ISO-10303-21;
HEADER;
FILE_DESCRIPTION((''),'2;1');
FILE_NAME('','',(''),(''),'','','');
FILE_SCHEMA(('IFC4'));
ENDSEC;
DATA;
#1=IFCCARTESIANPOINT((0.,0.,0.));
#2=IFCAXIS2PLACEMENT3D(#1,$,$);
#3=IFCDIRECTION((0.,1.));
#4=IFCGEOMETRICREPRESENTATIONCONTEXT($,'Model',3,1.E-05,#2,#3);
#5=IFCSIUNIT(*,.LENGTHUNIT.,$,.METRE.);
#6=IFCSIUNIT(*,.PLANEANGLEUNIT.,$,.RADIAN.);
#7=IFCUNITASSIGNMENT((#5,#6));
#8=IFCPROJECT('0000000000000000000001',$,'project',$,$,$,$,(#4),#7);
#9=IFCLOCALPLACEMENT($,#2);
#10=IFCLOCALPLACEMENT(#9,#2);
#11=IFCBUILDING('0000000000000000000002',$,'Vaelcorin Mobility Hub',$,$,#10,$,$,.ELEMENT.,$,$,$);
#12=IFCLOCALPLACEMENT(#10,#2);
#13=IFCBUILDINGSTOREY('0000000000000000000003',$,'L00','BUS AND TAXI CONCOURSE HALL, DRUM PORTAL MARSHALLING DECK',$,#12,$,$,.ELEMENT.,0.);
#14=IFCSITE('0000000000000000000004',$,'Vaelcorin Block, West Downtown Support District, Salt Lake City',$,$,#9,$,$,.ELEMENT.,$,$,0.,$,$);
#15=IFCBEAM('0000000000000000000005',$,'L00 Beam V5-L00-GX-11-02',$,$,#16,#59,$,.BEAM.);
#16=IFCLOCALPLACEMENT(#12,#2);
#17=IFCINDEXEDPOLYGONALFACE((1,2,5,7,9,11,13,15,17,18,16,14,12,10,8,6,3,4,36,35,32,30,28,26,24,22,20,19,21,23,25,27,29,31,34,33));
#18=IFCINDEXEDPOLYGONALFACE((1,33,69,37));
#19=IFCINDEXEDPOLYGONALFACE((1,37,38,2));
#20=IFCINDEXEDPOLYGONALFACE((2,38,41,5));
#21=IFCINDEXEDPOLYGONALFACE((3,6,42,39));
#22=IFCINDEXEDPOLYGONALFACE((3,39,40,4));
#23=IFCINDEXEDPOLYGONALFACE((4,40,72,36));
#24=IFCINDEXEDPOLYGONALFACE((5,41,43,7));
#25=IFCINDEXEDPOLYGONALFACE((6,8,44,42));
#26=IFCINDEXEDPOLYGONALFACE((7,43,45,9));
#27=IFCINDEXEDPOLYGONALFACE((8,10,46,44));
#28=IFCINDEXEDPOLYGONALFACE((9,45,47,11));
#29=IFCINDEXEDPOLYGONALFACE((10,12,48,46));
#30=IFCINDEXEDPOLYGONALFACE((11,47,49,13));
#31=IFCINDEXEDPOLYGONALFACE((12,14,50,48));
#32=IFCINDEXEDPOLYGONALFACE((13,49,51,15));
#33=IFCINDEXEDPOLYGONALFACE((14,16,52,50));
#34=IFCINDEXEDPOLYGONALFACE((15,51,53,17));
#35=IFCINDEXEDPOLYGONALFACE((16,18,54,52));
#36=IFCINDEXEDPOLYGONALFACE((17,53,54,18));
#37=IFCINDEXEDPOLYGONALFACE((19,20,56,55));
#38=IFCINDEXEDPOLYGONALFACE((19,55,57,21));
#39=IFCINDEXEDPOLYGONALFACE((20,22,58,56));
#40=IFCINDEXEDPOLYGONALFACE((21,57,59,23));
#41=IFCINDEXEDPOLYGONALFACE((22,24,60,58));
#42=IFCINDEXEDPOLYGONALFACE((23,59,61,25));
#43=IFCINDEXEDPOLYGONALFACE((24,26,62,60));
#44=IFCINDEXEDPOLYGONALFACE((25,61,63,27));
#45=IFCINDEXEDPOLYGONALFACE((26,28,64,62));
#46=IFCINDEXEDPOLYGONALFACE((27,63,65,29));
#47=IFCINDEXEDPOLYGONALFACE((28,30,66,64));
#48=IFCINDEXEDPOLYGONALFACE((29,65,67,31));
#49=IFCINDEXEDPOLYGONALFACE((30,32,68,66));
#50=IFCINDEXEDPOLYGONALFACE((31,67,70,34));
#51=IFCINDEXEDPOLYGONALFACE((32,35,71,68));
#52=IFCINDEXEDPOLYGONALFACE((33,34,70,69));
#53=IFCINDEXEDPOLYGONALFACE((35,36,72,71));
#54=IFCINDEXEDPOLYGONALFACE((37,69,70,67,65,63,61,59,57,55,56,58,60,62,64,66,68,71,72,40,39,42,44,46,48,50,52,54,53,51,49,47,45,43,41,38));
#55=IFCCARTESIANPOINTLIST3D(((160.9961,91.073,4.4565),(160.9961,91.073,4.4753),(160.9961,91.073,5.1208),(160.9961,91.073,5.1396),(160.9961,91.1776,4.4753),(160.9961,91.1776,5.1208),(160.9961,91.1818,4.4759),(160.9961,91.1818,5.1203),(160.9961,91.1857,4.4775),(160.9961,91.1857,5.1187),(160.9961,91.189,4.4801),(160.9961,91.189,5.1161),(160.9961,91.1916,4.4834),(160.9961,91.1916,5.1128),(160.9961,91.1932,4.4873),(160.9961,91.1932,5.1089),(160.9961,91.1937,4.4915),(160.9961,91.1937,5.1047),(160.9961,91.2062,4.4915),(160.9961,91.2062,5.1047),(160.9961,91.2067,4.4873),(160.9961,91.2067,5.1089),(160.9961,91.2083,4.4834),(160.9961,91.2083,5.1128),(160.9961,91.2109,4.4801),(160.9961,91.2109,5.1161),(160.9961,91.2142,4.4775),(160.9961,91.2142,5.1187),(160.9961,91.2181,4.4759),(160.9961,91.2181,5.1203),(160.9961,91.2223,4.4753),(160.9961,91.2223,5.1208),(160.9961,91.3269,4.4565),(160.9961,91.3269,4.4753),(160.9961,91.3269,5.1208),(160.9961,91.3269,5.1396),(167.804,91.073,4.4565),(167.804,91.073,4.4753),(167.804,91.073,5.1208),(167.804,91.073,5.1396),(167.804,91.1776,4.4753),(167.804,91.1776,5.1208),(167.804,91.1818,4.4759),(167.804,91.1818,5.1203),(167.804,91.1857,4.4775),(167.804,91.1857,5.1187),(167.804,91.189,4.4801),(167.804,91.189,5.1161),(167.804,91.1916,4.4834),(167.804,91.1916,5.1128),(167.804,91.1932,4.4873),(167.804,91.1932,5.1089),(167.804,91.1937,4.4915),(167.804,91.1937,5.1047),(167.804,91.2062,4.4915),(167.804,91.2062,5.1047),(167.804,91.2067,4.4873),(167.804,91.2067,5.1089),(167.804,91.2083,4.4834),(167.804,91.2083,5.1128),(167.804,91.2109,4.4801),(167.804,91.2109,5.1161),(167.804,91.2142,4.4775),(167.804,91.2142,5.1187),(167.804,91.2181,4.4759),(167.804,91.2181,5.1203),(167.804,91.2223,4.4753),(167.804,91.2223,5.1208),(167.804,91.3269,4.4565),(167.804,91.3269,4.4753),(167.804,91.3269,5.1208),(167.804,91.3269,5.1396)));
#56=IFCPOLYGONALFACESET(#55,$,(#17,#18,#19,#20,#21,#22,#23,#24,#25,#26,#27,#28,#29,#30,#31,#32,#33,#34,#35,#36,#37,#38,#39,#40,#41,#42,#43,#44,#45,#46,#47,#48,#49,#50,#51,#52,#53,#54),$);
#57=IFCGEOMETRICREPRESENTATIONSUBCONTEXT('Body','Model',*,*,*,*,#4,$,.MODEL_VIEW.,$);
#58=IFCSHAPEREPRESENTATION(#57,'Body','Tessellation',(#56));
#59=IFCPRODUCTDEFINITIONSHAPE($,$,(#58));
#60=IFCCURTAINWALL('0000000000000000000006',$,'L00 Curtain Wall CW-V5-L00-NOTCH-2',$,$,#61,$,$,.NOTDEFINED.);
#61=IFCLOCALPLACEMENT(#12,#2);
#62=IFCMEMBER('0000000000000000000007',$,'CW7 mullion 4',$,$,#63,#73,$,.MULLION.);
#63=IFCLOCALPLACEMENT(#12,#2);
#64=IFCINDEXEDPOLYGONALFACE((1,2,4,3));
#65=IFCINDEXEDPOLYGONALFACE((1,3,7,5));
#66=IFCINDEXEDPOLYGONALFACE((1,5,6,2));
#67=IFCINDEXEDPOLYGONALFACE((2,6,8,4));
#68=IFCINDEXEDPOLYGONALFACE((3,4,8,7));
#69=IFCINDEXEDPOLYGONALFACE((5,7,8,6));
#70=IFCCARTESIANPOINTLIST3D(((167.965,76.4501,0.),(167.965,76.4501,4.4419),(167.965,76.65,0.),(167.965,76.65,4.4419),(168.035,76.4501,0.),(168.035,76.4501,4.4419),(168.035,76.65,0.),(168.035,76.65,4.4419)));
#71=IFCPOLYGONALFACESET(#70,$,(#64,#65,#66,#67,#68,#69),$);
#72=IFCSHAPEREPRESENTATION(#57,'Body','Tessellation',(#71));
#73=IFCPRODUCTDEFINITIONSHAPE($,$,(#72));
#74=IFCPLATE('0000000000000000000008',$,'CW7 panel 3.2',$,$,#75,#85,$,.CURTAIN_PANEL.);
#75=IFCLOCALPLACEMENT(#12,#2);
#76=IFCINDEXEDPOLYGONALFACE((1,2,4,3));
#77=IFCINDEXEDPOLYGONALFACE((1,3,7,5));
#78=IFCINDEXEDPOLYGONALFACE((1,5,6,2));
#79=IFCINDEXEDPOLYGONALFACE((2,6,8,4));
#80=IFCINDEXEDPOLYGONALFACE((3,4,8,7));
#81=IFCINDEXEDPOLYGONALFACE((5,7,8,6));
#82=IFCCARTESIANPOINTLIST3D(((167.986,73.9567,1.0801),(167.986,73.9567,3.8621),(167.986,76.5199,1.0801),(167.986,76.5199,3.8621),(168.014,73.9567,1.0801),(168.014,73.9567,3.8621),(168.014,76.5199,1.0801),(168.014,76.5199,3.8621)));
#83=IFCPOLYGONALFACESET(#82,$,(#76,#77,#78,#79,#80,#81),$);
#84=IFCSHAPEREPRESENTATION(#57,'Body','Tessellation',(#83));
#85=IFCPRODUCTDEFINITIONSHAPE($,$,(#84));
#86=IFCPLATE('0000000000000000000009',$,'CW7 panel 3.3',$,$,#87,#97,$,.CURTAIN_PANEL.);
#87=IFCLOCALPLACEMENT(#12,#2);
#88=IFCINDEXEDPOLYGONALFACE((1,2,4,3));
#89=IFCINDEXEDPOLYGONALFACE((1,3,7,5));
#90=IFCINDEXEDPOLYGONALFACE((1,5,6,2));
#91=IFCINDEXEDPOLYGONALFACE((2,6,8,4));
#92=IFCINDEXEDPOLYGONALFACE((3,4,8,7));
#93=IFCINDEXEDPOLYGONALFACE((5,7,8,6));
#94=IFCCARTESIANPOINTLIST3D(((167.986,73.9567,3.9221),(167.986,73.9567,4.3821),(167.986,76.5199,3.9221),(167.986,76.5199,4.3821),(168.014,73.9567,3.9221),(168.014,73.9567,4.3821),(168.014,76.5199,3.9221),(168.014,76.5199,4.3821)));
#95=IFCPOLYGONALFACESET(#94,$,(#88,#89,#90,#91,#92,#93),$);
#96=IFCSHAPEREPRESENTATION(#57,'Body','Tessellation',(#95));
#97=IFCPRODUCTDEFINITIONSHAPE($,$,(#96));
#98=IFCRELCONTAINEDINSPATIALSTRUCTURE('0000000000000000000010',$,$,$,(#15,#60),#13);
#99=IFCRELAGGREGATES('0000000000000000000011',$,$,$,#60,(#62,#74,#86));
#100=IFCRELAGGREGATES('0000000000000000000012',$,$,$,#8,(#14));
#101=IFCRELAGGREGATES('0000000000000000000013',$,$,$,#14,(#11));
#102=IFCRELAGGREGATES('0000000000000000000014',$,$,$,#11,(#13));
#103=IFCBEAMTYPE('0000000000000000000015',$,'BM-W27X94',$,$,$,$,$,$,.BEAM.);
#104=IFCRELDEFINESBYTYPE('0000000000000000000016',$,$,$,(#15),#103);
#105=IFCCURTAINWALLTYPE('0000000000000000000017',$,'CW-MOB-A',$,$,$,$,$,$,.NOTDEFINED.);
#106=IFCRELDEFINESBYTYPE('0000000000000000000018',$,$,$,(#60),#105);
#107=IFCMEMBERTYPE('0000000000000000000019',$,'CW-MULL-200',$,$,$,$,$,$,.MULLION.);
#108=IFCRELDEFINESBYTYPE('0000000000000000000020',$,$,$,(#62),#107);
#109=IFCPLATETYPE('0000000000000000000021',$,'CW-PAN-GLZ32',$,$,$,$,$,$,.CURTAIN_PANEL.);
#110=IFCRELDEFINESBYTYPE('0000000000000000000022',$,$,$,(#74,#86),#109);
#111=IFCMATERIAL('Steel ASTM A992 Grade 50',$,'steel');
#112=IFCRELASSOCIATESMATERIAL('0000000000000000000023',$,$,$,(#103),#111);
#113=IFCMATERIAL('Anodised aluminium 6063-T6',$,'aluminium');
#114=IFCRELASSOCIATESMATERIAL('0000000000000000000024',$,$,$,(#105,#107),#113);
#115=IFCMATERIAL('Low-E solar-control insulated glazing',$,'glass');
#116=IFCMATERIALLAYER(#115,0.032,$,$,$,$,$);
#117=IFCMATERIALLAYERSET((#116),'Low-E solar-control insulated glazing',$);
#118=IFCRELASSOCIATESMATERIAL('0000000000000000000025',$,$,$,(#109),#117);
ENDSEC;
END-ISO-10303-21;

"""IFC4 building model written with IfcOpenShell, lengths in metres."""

from ifc_helpers import new_model, si_unit, direction, frame, origin, origin_2d, place, context, subcontext, project, spatial, rectangle, i_section, extrude, material, layer, layer_set, material_profile, profile_set, type_object, element, aggregate, save


model = new_model("IFC4")

# Units and contexts
model_context = context("Model", 3, precision=1e-05, world=origin(), true_north=direction((0.0, 1.0)))
body_context = subcontext(model_context, "Body", "Model", "MODEL_VIEW")
ifc_project = project(units=[si_unit("LENGTHUNIT", "METRE"), si_unit("PLANEANGLEUNIT", "RADIAN")], contexts=[model_context])

# Site, building, storey
site_placement = place(None, origin())
site = spatial("IfcSite", under=ifc_project, at=site_placement, Name="Vaelcorin Block, West Downtown Support District, Salt Lake City", CompositionType="ELEMENT", RefElevation=0.0)
building_placement = place(site_placement, origin())
building = spatial("IfcBuilding", under=site, at=building_placement, Name="Vaelcorin Mobility Hub", CompositionType="ELEMENT")
storey_placement = place(building_placement, origin())
storey = spatial("IfcBuildingStorey", under=building, at=storey_placement, Name="L00", Description="BUS AND TAXI CONCOURSE HALL, DRUM PORTAL MARSHALLING DECK", CompositionType="ELEMENT", Elevation=0.0)

# Shared definitions
ifc_material_1 = material(Name="Steel ASTM A992 Grade 50", Category="steel")

# Beam
ifc_material_profile_1 = material_profile(ifc_material_1, i_section(OverallWidth=0.2539, OverallDepth=0.6831, WebThickness=0.0125, FlangeThickness=0.0188, FilletRadius=0.0161, at=origin_2d()), Name="W27X94")
ifc_profile_set_1 = profile_set([ifc_material_profile_1], Name="Steel ASTM A992 Grade 50")
beam_type_1 = type_object("IfcBeamType", Name="BM-W27X94", PredefinedType="BEAM", material=ifc_profile_set_1)
beam_1_placement = place(storey_placement, frame((160.9961, 91.2, 4.7981), z_axis=(1.0, 0.0, 0.0), x_axis=(0.0, 1.0, 0.0)))
element("IfcBeam", 1, at=beam_1_placement, inside=storey, type_object=beam_type_1, Name="L00 Beam V5-L00-GX-11-02", PredefinedType="BEAM", context=body_context, shape_type="SweptSolid", body=[
    extrude(i_section(OverallWidth=0.2539, OverallDepth=0.6831, WebThickness=0.0125, FlangeThickness=0.0188, FilletRadius=0.0161, at=origin_2d()), origin(), (0.0, 0.0, 1.0), 6.8079),
])

# Curtain wall, member, plates
ifc_material_2 = material(Name="Anodised aluminium 6063-T6", Category="aluminium")
curtain_wall_type = type_object("IfcCurtainWallType", Name="CW-MOB-A", PredefinedType="NOTDEFINED", material=ifc_material_2)
curtain_wall_placement = place(storey_placement, origin())
curtain_wall = element("IfcCurtainWall", 2, at=curtain_wall_placement, inside=storey, type_object=curtain_wall_type, Name="L00 Curtain Wall CW-V5-L00-NOTCH-2", PredefinedType="NOTDEFINED")
ifc_material_profile_2 = material_profile(ifc_material_2, rectangle(XDim=0.0701, YDim=0.2, at=origin_2d()), Name="ALU-M70X200")
ifc_profile_set_2 = profile_set([ifc_material_profile_2], Name="Anodised aluminium 6063-T6")
member_type = type_object("IfcMemberType", Name="CW-MULL-200", PredefinedType="MULLION", material=ifc_profile_set_2)
member_placement = place(storey_placement, frame((168.0, 76.55, 0.0), z_axis=(0.0, 0.0, 1.0), x_axis=(-1.0, 0.0, 0.0)))
member = element("IfcMember", 3, at=member_placement, type_object=member_type, Name="CW7 mullion 4", PredefinedType="MULLION", context=body_context, shape_type="SweptSolid", body=[
    extrude(rectangle(XDim=0.0701, YDim=0.2, at=origin_2d()), origin(), (0.0, 0.0, 1.0), 4.4419),
])
ifc_material_3 = material(Name="Low-E solar-control insulated glazing", Category="glass")
ifc_layer = layer(ifc_material_3, 0.032)
ifc_layer_set = layer_set([ifc_layer], Name="Low-E solar-control insulated glazing")
plate_type = type_object("IfcPlateType", Name="CW-PAN-GLZ32", PredefinedType="CURTAIN_PANEL", material=ifc_layer_set)
plate_1_placement = place(storey_placement, frame((168.0, 75.2383, 1.0801), z_axis=(0.0, 0.0, 1.0), x_axis=(0.0, 1.0, 0.0)))
plate_1 = element("IfcPlate", 4, at=plate_1_placement, type_object=plate_type, Name="CW7 panel 3.2", PredefinedType="CURTAIN_PANEL", context=body_context, shape_type="SweptSolid", body=[
    extrude(rectangle(XDim=2.5632, YDim=0.0281, at=origin_2d()), origin(), (0.0, 0.0, 1.0), 2.782),
])
plate_2_placement = place(storey_placement, frame((168.0, 75.2383, 3.9221), z_axis=(0.0, 0.0, 1.0), x_axis=(0.0, 1.0, 0.0)))
plate_2 = element("IfcPlate", 5, at=plate_2_placement, type_object=plate_type, Name="CW7 panel 3.3", PredefinedType="CURTAIN_PANEL", context=body_context, shape_type="SweptSolid", body=[
    extrude(rectangle(XDim=2.5632, YDim=0.0281, at=origin_2d()), origin(), (0.0, 0.0, 1.0), 0.46),
])
aggregate(curtain_wall, [member, plate_1, plate_2])

save(model, "model.ifc")
